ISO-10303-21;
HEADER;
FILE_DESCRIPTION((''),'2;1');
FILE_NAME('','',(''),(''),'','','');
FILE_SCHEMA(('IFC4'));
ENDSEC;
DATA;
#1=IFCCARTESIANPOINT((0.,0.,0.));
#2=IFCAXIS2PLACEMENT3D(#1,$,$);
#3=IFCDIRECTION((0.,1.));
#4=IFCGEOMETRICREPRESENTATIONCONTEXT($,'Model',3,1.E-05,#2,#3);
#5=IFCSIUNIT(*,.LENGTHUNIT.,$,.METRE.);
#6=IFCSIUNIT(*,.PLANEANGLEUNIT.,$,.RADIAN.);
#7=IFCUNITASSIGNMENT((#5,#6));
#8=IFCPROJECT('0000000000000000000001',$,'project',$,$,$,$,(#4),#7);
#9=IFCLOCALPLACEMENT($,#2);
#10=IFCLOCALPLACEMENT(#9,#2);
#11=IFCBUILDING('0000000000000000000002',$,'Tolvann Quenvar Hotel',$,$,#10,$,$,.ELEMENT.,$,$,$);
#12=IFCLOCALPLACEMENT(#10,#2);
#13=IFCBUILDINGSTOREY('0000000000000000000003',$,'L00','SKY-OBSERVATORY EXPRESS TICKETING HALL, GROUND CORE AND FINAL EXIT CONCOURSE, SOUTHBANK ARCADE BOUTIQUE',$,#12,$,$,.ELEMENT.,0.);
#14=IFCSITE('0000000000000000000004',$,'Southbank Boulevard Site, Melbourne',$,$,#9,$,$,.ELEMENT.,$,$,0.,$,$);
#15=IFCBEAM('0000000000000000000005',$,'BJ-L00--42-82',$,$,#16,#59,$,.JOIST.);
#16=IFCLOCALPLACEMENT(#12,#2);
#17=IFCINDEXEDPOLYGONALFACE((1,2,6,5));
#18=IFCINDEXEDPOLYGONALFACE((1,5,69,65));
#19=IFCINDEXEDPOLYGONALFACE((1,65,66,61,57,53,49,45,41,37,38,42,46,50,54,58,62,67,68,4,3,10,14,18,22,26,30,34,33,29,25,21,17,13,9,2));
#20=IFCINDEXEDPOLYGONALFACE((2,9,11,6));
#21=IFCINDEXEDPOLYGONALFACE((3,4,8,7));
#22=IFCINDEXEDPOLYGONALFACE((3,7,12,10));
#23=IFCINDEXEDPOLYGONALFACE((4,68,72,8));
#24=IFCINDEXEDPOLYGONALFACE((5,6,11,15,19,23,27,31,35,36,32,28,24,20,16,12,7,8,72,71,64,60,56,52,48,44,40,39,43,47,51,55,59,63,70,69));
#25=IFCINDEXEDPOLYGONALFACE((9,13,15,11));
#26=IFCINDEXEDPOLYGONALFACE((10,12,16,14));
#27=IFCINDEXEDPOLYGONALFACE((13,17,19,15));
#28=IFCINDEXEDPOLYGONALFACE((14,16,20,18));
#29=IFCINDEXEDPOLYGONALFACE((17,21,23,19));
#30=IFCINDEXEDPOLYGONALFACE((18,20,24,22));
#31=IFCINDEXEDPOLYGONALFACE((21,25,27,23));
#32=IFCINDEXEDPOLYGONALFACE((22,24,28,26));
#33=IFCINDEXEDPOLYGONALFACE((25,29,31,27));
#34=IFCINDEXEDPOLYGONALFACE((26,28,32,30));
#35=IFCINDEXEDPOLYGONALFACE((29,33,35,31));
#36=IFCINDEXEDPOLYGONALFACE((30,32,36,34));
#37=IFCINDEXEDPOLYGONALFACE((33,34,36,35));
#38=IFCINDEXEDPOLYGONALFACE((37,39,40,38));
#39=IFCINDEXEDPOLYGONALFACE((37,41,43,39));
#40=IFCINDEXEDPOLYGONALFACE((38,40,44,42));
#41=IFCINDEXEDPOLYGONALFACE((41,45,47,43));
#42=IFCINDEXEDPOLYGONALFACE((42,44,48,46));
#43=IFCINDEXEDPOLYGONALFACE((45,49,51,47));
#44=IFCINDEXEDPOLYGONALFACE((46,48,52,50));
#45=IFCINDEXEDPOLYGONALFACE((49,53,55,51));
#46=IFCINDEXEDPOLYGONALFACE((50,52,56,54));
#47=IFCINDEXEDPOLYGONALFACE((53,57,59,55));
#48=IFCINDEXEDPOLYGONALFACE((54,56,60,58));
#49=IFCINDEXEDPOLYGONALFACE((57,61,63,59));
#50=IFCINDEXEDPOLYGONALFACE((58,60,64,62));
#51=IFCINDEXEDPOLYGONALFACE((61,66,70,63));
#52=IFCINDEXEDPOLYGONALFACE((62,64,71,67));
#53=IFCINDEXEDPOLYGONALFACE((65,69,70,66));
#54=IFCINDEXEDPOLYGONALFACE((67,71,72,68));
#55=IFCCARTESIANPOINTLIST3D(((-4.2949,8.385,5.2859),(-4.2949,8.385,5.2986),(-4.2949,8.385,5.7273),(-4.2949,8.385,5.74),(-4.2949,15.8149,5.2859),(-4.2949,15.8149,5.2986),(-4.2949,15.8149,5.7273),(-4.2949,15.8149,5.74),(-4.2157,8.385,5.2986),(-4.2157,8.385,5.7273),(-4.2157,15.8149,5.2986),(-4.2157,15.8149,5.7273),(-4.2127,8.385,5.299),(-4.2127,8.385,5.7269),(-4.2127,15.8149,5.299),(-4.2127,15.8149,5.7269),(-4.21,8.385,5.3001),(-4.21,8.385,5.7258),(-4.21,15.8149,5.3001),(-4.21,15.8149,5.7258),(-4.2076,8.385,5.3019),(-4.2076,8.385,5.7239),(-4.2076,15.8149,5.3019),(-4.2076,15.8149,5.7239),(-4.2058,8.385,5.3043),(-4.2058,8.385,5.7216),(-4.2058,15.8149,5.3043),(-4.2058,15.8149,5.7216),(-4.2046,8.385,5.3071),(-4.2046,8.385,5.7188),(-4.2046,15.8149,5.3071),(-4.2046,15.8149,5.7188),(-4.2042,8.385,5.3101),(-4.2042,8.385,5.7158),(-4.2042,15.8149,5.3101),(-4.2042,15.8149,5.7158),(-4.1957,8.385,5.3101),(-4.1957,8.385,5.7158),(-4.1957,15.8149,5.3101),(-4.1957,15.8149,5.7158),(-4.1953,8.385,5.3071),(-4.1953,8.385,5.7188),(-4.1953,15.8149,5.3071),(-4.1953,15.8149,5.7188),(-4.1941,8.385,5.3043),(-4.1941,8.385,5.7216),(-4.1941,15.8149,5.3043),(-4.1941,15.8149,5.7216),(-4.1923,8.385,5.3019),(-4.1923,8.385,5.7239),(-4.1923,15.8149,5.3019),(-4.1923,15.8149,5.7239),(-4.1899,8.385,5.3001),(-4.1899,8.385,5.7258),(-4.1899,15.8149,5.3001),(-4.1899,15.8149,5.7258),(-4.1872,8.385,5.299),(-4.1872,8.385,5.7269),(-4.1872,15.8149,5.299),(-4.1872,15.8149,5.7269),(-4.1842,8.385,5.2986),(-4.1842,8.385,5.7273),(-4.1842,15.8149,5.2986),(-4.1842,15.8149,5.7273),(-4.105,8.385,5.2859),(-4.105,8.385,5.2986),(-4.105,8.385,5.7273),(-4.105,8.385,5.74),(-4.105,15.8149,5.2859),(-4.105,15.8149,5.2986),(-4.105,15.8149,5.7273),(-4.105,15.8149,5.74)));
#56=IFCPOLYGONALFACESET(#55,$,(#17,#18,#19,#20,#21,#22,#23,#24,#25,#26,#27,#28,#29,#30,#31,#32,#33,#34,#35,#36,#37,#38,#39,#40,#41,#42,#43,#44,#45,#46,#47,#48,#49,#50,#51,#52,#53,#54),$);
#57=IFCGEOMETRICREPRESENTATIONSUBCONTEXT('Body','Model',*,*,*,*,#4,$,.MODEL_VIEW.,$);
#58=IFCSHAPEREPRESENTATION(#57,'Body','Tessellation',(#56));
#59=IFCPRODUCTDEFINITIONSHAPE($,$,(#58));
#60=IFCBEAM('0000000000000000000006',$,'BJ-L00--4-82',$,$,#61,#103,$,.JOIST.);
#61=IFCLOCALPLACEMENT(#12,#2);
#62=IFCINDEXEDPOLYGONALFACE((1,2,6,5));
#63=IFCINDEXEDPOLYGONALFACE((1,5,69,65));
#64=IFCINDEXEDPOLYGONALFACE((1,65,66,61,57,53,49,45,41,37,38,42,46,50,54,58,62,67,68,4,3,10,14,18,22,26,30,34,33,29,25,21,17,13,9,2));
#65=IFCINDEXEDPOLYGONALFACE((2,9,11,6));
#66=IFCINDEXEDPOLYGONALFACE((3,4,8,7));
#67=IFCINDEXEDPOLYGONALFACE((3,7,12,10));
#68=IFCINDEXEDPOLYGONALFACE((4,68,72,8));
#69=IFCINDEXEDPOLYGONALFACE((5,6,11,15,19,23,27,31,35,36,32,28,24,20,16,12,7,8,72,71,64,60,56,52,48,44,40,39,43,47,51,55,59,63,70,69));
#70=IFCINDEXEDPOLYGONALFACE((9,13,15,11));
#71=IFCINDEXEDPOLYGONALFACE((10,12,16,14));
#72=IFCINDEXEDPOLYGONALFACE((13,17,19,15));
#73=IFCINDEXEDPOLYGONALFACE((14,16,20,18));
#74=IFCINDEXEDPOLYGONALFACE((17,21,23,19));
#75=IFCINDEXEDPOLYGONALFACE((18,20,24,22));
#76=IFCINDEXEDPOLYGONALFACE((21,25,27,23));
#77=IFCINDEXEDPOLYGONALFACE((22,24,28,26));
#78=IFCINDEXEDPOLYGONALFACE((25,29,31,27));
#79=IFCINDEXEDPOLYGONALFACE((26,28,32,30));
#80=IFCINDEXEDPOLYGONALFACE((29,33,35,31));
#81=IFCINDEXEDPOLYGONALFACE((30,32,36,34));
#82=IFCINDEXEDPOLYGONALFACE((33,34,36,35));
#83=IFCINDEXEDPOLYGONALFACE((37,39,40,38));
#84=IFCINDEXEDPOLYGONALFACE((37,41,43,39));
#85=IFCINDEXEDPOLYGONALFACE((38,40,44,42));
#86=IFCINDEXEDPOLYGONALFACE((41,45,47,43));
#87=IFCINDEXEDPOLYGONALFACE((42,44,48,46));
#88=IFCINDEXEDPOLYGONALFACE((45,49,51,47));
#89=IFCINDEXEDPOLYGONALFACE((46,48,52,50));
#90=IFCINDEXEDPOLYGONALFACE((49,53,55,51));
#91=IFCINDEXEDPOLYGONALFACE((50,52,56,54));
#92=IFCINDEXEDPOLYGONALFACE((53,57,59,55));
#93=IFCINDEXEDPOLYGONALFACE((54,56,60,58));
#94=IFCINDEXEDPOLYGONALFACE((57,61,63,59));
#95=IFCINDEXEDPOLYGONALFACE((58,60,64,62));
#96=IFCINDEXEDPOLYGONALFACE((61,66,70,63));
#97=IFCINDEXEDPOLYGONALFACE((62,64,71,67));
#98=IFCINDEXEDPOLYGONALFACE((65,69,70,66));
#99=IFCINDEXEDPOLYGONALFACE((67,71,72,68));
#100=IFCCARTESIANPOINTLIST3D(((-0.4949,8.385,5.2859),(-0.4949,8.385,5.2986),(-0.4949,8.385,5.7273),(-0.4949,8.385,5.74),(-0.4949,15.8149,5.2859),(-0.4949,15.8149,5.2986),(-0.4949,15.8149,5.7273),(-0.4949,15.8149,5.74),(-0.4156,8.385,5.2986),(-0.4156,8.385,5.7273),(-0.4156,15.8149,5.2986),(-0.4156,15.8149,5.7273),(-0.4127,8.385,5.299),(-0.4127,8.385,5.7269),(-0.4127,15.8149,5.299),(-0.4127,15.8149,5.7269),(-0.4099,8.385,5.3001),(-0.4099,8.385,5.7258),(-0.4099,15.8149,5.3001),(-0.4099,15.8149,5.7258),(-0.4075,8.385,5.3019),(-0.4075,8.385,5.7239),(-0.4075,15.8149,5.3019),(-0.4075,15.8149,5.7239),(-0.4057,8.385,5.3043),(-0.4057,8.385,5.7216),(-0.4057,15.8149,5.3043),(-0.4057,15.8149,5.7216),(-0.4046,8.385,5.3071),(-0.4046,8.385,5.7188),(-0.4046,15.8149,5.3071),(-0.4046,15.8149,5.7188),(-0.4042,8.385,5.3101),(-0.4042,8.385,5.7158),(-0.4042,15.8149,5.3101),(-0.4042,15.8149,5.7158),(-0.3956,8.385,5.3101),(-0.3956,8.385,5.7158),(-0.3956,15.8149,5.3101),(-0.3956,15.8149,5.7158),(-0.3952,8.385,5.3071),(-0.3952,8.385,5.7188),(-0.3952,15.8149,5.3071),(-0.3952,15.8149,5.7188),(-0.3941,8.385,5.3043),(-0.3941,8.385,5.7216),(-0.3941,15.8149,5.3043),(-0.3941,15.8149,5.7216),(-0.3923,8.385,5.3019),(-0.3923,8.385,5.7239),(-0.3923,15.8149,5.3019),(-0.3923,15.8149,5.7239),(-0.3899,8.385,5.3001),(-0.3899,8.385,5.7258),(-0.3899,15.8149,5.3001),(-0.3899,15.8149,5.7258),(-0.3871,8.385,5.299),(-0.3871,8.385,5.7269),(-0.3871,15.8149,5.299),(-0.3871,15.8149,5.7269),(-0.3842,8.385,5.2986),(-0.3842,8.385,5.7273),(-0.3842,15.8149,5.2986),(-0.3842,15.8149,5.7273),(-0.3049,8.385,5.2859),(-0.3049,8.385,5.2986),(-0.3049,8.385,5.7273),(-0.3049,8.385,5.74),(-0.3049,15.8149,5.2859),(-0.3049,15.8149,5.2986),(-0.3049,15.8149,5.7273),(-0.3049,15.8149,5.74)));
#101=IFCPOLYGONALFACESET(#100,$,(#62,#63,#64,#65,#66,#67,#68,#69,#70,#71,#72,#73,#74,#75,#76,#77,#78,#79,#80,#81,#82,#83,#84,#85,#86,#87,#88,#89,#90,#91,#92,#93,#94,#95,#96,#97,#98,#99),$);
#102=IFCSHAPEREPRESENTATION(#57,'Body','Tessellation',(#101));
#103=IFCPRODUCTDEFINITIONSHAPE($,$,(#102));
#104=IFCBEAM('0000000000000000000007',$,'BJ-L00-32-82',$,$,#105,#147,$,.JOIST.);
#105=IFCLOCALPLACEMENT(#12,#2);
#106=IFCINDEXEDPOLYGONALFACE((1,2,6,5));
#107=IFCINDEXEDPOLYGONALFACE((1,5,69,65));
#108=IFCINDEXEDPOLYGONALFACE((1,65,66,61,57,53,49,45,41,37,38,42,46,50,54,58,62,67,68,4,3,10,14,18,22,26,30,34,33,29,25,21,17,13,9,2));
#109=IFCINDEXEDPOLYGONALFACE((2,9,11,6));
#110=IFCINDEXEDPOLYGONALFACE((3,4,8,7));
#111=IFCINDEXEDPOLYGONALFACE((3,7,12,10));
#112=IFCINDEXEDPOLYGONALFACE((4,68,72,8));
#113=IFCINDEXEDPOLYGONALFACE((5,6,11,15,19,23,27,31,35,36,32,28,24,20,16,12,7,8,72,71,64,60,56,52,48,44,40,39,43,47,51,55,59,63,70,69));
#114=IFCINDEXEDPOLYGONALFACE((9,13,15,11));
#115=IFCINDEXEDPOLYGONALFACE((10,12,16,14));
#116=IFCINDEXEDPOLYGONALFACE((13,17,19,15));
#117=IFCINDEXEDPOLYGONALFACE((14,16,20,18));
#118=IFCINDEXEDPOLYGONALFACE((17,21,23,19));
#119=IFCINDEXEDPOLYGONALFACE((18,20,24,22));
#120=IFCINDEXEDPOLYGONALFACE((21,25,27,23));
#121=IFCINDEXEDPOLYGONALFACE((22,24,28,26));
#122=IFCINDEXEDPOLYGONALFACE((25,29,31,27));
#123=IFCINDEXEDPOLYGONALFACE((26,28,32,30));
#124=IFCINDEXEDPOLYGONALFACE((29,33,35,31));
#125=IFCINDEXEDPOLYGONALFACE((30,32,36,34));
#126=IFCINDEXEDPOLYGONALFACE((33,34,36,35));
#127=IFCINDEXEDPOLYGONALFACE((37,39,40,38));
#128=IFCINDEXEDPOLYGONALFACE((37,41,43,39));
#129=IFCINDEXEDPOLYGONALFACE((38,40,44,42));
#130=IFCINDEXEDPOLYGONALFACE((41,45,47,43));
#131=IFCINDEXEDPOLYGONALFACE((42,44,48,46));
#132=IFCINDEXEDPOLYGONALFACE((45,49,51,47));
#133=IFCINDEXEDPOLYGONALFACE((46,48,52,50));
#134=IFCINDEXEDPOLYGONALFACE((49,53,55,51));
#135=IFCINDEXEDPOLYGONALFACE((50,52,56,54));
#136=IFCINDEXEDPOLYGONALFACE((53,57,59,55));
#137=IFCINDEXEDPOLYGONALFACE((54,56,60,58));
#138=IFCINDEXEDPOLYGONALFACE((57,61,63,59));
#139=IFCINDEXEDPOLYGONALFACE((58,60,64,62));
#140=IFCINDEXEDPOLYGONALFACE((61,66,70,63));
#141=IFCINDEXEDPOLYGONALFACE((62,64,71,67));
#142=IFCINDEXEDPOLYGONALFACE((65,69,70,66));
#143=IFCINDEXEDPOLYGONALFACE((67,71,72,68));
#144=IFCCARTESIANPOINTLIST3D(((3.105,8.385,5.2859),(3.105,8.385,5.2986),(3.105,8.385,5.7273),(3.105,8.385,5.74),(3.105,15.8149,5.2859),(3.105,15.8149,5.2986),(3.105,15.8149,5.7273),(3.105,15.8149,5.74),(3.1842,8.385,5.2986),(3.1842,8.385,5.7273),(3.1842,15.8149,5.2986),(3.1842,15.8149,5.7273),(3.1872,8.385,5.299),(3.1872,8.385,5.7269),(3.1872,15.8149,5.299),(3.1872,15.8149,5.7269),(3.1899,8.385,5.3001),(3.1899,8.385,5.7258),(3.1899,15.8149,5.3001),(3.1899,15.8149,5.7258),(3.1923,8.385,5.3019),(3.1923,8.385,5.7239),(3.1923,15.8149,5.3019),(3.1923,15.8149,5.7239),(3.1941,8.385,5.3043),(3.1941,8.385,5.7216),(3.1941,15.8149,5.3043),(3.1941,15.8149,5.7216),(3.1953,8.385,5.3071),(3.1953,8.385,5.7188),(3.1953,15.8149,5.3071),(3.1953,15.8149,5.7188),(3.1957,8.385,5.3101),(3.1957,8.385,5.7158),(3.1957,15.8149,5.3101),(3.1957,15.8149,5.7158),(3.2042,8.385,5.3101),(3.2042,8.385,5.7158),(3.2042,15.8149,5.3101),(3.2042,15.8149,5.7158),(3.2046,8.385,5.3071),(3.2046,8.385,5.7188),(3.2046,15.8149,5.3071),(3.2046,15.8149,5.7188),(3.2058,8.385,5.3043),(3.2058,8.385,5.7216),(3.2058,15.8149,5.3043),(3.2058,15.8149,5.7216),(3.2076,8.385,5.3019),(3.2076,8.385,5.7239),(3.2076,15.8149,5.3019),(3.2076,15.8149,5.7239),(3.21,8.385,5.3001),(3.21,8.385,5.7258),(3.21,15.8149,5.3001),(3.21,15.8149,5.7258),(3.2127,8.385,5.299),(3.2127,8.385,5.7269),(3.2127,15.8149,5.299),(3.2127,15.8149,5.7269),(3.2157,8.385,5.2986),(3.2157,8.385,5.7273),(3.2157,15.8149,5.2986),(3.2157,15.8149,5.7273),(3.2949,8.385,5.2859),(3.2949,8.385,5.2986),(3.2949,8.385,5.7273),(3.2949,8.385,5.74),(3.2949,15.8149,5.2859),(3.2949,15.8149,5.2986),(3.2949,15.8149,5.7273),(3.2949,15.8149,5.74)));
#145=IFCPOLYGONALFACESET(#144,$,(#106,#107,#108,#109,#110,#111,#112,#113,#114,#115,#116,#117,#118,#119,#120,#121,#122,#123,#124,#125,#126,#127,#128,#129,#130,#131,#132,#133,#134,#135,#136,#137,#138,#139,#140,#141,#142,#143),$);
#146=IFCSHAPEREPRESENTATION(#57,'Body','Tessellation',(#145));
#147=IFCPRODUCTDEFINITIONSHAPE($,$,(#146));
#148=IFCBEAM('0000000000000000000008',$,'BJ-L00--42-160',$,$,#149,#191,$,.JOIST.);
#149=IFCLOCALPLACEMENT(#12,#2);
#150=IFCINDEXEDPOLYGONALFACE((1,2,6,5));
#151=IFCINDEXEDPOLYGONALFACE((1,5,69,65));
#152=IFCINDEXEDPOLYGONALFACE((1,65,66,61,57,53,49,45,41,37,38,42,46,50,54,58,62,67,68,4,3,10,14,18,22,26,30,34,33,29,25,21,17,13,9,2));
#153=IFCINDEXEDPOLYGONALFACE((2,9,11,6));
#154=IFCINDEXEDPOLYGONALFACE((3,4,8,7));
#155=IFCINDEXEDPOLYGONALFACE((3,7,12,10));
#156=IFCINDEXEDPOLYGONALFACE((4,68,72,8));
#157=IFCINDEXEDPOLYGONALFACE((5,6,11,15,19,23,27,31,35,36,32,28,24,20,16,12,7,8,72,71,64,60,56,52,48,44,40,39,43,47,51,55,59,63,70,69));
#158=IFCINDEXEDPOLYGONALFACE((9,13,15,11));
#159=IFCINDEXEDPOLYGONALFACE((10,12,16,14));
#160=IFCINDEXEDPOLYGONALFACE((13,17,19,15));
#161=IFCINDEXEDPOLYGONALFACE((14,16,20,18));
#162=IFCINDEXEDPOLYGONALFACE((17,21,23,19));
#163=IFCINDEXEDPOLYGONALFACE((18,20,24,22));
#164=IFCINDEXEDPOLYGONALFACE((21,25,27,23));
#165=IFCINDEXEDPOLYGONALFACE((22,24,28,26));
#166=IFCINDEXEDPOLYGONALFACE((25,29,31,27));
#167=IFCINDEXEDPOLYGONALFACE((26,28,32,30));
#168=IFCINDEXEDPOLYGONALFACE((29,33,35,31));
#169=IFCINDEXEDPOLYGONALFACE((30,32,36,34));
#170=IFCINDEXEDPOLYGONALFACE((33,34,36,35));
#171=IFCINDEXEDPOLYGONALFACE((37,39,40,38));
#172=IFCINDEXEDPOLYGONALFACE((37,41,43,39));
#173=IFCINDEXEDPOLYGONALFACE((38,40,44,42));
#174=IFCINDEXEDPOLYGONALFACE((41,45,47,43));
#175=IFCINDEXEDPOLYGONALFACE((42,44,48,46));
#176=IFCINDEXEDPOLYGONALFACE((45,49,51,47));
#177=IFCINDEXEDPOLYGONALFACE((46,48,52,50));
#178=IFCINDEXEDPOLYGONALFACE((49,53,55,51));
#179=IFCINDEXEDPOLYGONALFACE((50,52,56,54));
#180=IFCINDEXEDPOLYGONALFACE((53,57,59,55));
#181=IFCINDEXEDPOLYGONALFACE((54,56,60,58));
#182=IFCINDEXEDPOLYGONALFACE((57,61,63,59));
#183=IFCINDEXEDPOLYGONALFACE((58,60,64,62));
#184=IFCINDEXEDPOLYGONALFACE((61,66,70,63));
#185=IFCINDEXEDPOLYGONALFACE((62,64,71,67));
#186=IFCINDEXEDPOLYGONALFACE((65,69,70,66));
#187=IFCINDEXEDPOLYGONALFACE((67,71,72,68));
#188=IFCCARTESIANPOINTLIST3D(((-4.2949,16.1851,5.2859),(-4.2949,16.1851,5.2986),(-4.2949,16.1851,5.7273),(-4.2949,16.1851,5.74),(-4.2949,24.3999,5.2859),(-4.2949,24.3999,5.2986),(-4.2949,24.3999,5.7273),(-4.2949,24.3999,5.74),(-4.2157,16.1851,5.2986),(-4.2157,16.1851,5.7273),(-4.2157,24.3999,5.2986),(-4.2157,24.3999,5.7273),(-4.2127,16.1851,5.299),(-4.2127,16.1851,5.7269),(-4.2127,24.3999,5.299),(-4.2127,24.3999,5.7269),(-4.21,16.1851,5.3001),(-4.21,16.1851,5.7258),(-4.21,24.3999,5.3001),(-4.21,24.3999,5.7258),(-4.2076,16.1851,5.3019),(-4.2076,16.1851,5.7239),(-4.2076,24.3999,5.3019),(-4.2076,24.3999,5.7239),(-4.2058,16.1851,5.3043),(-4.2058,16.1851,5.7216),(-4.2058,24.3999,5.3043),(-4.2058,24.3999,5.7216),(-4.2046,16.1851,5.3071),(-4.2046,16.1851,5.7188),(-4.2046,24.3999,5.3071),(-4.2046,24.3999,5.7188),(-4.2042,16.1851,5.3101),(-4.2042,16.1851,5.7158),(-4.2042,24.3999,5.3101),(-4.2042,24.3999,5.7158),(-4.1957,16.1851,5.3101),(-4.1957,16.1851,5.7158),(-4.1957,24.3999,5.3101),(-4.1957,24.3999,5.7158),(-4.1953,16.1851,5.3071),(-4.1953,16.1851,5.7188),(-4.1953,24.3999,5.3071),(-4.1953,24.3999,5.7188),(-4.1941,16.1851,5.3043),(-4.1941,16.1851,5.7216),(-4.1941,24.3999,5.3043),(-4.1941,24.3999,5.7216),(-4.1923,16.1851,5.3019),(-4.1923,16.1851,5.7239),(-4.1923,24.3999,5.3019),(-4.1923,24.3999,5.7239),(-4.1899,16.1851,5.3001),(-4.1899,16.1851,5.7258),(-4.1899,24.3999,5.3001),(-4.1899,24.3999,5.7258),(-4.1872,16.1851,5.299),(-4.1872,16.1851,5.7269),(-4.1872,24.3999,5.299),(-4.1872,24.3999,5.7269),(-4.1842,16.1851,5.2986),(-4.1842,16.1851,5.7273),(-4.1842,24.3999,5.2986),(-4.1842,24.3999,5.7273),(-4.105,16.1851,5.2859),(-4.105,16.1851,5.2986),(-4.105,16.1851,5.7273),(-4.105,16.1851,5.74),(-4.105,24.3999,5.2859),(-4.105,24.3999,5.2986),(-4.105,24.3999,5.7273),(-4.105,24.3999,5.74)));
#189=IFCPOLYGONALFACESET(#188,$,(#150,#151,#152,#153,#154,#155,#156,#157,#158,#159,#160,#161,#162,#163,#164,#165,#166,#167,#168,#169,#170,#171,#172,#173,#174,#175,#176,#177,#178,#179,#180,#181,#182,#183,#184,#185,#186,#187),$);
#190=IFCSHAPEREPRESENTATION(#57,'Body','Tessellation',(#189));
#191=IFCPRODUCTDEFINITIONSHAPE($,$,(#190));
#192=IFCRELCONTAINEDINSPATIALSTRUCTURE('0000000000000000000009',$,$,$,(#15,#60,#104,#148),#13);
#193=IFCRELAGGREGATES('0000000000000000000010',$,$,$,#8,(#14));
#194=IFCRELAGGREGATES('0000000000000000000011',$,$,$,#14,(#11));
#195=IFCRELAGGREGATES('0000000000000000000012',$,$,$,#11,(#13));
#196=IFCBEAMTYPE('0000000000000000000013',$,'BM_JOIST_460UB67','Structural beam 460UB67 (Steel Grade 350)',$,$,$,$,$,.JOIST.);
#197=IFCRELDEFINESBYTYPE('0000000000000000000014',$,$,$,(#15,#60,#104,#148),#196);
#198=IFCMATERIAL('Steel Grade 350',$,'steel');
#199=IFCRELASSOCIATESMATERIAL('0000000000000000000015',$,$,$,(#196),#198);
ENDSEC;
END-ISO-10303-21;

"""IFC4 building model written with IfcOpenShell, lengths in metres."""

from ifc_helpers import new_model, si_unit, direction, frame, origin, origin_2d, place, context, subcontext, project, spatial, i_section, extrude, source, transform, mapped, material, material_profile, profile_set, type_object, element, save


model = new_model("IFC4")

# Units and contexts
model_context = context("Model", 3, precision=1e-05, world=origin(), true_north=direction((0.0, 1.0)))
body_context = subcontext(model_context, "Body", "Model", "MODEL_VIEW")
ifc_project = project(units=[si_unit("LENGTHUNIT", "METRE"), si_unit("PLANEANGLEUNIT", "RADIAN")], contexts=[model_context])

# Site, building, storey
site_placement = place(None, origin())
site = spatial("IfcSite", under=ifc_project, at=site_placement, Name="Southbank Boulevard Site, Melbourne", CompositionType="ELEMENT", RefElevation=0.0)
building_placement = place(site_placement, origin())
building = spatial("IfcBuilding", under=site, at=building_placement, Name="Tolvann Quenvar Hotel", CompositionType="ELEMENT")
storey_placement = place(building_placement, origin())
storey = spatial("IfcBuildingStorey", under=building, at=storey_placement, Name="L00", Description="SKY-OBSERVATORY EXPRESS TICKETING HALL, GROUND CORE AND FINAL EXIT CONCOURSE, SOUTHBANK ARCADE BOUTIQUE", CompositionType="ELEMENT", Elevation=0.0)

# Beams
ifc_material_1 = material(Name="Steel Grade 350", Category="steel")
ifc_material_profile_1 = material_profile(ifc_material_1, i_section(OverallWidth=0.1899, OverallDepth=0.4541, WebThickness=0.0085, FlangeThickness=0.0127, FilletRadius=0.0115, at=origin_2d()), Name="460UB67")
ifc_profile_set_1 = profile_set([ifc_material_profile_1], Name="Steel Grade 350")
beam_type_1 = type_object("IfcBeamType", Name="BM_JOIST_460UB67", Description="Structural beam 460UB67 (Steel Grade 350)", PredefinedType="JOIST", material=ifc_profile_set_1)
shared_shape_1 = source(origin(), body_context, "Body", "SweptSolid", [
    extrude(i_section(OverallWidth=0.1899, OverallDepth=0.4541, WebThickness=0.0085, FlangeThickness=0.0127, FilletRadius=0.0115, at=origin_2d()), origin(), (0.0, 0.0, 1.0), 7.4299),
])
for number, where, z_axis, x_axis, name in (
    (1, (-4.2, 8.385, 5.5129), (0.0, 1.0, 0.0), (-1.0, 0.0, 0.0), "BJ-L00--42-82"),
    (2, (-0.3999, 8.385, 5.5129), (0.0, 1.0, 0.0), (-1.0, 0.0, 0.0), "BJ-L00--4-82"),
    (3, (3.2, 8.385, 5.5129), (0.0, 1.0, 0.0), (-1.0, 0.0, 0.0), "BJ-L00-32-82"),
):
    element("IfcBeam", number, at=place(storey_placement, frame(where, z_axis=z_axis, x_axis=x_axis)), inside=storey, type_object=beam_type_1, Name=name, PredefinedType="JOIST", context=body_context, shape_type="MappedRepresentation", body=[
        mapped(shared_shape_1, transform((0.0, 0.0, 0.0), x_axis=(1.0, 0.0, 0.0), y_axis=(0.0, 1.0, 0.0), z_axis=(0.0, 0.0, 1.0), scale=1.0)),
    ])
shared_shape_2 = source(origin(), body_context, "Body", "SweptSolid", [
    extrude(i_section(OverallWidth=0.1899, OverallDepth=0.4541, WebThickness=0.0085, FlangeThickness=0.0127, FilletRadius=0.0115, at=origin_2d()), origin(), (0.0, 0.0, 1.0), 8.2148),
])
for number, where, z_axis, x_axis, name in (
    (4, (-4.2, 16.1851, 5.5129), (0.0, 1.0, 0.0), (-1.0, 0.0, 0.0), "BJ-L00--42-160"),
):
    element("IfcBeam", number, at=place(storey_placement, frame(where, z_axis=z_axis, x_axis=x_axis)), inside=storey, type_object=beam_type_1, Name=name, PredefinedType="JOIST", context=body_context, shape_type="MappedRepresentation", body=[
        mapped(shared_shape_2, transform((0.0, 0.0, 0.0), x_axis=(1.0, 0.0, 0.0), y_axis=(0.0, 1.0, 0.0), z_axis=(0.0, 0.0, 1.0), scale=1.0)),
    ])

save(model, "model.ifc")
